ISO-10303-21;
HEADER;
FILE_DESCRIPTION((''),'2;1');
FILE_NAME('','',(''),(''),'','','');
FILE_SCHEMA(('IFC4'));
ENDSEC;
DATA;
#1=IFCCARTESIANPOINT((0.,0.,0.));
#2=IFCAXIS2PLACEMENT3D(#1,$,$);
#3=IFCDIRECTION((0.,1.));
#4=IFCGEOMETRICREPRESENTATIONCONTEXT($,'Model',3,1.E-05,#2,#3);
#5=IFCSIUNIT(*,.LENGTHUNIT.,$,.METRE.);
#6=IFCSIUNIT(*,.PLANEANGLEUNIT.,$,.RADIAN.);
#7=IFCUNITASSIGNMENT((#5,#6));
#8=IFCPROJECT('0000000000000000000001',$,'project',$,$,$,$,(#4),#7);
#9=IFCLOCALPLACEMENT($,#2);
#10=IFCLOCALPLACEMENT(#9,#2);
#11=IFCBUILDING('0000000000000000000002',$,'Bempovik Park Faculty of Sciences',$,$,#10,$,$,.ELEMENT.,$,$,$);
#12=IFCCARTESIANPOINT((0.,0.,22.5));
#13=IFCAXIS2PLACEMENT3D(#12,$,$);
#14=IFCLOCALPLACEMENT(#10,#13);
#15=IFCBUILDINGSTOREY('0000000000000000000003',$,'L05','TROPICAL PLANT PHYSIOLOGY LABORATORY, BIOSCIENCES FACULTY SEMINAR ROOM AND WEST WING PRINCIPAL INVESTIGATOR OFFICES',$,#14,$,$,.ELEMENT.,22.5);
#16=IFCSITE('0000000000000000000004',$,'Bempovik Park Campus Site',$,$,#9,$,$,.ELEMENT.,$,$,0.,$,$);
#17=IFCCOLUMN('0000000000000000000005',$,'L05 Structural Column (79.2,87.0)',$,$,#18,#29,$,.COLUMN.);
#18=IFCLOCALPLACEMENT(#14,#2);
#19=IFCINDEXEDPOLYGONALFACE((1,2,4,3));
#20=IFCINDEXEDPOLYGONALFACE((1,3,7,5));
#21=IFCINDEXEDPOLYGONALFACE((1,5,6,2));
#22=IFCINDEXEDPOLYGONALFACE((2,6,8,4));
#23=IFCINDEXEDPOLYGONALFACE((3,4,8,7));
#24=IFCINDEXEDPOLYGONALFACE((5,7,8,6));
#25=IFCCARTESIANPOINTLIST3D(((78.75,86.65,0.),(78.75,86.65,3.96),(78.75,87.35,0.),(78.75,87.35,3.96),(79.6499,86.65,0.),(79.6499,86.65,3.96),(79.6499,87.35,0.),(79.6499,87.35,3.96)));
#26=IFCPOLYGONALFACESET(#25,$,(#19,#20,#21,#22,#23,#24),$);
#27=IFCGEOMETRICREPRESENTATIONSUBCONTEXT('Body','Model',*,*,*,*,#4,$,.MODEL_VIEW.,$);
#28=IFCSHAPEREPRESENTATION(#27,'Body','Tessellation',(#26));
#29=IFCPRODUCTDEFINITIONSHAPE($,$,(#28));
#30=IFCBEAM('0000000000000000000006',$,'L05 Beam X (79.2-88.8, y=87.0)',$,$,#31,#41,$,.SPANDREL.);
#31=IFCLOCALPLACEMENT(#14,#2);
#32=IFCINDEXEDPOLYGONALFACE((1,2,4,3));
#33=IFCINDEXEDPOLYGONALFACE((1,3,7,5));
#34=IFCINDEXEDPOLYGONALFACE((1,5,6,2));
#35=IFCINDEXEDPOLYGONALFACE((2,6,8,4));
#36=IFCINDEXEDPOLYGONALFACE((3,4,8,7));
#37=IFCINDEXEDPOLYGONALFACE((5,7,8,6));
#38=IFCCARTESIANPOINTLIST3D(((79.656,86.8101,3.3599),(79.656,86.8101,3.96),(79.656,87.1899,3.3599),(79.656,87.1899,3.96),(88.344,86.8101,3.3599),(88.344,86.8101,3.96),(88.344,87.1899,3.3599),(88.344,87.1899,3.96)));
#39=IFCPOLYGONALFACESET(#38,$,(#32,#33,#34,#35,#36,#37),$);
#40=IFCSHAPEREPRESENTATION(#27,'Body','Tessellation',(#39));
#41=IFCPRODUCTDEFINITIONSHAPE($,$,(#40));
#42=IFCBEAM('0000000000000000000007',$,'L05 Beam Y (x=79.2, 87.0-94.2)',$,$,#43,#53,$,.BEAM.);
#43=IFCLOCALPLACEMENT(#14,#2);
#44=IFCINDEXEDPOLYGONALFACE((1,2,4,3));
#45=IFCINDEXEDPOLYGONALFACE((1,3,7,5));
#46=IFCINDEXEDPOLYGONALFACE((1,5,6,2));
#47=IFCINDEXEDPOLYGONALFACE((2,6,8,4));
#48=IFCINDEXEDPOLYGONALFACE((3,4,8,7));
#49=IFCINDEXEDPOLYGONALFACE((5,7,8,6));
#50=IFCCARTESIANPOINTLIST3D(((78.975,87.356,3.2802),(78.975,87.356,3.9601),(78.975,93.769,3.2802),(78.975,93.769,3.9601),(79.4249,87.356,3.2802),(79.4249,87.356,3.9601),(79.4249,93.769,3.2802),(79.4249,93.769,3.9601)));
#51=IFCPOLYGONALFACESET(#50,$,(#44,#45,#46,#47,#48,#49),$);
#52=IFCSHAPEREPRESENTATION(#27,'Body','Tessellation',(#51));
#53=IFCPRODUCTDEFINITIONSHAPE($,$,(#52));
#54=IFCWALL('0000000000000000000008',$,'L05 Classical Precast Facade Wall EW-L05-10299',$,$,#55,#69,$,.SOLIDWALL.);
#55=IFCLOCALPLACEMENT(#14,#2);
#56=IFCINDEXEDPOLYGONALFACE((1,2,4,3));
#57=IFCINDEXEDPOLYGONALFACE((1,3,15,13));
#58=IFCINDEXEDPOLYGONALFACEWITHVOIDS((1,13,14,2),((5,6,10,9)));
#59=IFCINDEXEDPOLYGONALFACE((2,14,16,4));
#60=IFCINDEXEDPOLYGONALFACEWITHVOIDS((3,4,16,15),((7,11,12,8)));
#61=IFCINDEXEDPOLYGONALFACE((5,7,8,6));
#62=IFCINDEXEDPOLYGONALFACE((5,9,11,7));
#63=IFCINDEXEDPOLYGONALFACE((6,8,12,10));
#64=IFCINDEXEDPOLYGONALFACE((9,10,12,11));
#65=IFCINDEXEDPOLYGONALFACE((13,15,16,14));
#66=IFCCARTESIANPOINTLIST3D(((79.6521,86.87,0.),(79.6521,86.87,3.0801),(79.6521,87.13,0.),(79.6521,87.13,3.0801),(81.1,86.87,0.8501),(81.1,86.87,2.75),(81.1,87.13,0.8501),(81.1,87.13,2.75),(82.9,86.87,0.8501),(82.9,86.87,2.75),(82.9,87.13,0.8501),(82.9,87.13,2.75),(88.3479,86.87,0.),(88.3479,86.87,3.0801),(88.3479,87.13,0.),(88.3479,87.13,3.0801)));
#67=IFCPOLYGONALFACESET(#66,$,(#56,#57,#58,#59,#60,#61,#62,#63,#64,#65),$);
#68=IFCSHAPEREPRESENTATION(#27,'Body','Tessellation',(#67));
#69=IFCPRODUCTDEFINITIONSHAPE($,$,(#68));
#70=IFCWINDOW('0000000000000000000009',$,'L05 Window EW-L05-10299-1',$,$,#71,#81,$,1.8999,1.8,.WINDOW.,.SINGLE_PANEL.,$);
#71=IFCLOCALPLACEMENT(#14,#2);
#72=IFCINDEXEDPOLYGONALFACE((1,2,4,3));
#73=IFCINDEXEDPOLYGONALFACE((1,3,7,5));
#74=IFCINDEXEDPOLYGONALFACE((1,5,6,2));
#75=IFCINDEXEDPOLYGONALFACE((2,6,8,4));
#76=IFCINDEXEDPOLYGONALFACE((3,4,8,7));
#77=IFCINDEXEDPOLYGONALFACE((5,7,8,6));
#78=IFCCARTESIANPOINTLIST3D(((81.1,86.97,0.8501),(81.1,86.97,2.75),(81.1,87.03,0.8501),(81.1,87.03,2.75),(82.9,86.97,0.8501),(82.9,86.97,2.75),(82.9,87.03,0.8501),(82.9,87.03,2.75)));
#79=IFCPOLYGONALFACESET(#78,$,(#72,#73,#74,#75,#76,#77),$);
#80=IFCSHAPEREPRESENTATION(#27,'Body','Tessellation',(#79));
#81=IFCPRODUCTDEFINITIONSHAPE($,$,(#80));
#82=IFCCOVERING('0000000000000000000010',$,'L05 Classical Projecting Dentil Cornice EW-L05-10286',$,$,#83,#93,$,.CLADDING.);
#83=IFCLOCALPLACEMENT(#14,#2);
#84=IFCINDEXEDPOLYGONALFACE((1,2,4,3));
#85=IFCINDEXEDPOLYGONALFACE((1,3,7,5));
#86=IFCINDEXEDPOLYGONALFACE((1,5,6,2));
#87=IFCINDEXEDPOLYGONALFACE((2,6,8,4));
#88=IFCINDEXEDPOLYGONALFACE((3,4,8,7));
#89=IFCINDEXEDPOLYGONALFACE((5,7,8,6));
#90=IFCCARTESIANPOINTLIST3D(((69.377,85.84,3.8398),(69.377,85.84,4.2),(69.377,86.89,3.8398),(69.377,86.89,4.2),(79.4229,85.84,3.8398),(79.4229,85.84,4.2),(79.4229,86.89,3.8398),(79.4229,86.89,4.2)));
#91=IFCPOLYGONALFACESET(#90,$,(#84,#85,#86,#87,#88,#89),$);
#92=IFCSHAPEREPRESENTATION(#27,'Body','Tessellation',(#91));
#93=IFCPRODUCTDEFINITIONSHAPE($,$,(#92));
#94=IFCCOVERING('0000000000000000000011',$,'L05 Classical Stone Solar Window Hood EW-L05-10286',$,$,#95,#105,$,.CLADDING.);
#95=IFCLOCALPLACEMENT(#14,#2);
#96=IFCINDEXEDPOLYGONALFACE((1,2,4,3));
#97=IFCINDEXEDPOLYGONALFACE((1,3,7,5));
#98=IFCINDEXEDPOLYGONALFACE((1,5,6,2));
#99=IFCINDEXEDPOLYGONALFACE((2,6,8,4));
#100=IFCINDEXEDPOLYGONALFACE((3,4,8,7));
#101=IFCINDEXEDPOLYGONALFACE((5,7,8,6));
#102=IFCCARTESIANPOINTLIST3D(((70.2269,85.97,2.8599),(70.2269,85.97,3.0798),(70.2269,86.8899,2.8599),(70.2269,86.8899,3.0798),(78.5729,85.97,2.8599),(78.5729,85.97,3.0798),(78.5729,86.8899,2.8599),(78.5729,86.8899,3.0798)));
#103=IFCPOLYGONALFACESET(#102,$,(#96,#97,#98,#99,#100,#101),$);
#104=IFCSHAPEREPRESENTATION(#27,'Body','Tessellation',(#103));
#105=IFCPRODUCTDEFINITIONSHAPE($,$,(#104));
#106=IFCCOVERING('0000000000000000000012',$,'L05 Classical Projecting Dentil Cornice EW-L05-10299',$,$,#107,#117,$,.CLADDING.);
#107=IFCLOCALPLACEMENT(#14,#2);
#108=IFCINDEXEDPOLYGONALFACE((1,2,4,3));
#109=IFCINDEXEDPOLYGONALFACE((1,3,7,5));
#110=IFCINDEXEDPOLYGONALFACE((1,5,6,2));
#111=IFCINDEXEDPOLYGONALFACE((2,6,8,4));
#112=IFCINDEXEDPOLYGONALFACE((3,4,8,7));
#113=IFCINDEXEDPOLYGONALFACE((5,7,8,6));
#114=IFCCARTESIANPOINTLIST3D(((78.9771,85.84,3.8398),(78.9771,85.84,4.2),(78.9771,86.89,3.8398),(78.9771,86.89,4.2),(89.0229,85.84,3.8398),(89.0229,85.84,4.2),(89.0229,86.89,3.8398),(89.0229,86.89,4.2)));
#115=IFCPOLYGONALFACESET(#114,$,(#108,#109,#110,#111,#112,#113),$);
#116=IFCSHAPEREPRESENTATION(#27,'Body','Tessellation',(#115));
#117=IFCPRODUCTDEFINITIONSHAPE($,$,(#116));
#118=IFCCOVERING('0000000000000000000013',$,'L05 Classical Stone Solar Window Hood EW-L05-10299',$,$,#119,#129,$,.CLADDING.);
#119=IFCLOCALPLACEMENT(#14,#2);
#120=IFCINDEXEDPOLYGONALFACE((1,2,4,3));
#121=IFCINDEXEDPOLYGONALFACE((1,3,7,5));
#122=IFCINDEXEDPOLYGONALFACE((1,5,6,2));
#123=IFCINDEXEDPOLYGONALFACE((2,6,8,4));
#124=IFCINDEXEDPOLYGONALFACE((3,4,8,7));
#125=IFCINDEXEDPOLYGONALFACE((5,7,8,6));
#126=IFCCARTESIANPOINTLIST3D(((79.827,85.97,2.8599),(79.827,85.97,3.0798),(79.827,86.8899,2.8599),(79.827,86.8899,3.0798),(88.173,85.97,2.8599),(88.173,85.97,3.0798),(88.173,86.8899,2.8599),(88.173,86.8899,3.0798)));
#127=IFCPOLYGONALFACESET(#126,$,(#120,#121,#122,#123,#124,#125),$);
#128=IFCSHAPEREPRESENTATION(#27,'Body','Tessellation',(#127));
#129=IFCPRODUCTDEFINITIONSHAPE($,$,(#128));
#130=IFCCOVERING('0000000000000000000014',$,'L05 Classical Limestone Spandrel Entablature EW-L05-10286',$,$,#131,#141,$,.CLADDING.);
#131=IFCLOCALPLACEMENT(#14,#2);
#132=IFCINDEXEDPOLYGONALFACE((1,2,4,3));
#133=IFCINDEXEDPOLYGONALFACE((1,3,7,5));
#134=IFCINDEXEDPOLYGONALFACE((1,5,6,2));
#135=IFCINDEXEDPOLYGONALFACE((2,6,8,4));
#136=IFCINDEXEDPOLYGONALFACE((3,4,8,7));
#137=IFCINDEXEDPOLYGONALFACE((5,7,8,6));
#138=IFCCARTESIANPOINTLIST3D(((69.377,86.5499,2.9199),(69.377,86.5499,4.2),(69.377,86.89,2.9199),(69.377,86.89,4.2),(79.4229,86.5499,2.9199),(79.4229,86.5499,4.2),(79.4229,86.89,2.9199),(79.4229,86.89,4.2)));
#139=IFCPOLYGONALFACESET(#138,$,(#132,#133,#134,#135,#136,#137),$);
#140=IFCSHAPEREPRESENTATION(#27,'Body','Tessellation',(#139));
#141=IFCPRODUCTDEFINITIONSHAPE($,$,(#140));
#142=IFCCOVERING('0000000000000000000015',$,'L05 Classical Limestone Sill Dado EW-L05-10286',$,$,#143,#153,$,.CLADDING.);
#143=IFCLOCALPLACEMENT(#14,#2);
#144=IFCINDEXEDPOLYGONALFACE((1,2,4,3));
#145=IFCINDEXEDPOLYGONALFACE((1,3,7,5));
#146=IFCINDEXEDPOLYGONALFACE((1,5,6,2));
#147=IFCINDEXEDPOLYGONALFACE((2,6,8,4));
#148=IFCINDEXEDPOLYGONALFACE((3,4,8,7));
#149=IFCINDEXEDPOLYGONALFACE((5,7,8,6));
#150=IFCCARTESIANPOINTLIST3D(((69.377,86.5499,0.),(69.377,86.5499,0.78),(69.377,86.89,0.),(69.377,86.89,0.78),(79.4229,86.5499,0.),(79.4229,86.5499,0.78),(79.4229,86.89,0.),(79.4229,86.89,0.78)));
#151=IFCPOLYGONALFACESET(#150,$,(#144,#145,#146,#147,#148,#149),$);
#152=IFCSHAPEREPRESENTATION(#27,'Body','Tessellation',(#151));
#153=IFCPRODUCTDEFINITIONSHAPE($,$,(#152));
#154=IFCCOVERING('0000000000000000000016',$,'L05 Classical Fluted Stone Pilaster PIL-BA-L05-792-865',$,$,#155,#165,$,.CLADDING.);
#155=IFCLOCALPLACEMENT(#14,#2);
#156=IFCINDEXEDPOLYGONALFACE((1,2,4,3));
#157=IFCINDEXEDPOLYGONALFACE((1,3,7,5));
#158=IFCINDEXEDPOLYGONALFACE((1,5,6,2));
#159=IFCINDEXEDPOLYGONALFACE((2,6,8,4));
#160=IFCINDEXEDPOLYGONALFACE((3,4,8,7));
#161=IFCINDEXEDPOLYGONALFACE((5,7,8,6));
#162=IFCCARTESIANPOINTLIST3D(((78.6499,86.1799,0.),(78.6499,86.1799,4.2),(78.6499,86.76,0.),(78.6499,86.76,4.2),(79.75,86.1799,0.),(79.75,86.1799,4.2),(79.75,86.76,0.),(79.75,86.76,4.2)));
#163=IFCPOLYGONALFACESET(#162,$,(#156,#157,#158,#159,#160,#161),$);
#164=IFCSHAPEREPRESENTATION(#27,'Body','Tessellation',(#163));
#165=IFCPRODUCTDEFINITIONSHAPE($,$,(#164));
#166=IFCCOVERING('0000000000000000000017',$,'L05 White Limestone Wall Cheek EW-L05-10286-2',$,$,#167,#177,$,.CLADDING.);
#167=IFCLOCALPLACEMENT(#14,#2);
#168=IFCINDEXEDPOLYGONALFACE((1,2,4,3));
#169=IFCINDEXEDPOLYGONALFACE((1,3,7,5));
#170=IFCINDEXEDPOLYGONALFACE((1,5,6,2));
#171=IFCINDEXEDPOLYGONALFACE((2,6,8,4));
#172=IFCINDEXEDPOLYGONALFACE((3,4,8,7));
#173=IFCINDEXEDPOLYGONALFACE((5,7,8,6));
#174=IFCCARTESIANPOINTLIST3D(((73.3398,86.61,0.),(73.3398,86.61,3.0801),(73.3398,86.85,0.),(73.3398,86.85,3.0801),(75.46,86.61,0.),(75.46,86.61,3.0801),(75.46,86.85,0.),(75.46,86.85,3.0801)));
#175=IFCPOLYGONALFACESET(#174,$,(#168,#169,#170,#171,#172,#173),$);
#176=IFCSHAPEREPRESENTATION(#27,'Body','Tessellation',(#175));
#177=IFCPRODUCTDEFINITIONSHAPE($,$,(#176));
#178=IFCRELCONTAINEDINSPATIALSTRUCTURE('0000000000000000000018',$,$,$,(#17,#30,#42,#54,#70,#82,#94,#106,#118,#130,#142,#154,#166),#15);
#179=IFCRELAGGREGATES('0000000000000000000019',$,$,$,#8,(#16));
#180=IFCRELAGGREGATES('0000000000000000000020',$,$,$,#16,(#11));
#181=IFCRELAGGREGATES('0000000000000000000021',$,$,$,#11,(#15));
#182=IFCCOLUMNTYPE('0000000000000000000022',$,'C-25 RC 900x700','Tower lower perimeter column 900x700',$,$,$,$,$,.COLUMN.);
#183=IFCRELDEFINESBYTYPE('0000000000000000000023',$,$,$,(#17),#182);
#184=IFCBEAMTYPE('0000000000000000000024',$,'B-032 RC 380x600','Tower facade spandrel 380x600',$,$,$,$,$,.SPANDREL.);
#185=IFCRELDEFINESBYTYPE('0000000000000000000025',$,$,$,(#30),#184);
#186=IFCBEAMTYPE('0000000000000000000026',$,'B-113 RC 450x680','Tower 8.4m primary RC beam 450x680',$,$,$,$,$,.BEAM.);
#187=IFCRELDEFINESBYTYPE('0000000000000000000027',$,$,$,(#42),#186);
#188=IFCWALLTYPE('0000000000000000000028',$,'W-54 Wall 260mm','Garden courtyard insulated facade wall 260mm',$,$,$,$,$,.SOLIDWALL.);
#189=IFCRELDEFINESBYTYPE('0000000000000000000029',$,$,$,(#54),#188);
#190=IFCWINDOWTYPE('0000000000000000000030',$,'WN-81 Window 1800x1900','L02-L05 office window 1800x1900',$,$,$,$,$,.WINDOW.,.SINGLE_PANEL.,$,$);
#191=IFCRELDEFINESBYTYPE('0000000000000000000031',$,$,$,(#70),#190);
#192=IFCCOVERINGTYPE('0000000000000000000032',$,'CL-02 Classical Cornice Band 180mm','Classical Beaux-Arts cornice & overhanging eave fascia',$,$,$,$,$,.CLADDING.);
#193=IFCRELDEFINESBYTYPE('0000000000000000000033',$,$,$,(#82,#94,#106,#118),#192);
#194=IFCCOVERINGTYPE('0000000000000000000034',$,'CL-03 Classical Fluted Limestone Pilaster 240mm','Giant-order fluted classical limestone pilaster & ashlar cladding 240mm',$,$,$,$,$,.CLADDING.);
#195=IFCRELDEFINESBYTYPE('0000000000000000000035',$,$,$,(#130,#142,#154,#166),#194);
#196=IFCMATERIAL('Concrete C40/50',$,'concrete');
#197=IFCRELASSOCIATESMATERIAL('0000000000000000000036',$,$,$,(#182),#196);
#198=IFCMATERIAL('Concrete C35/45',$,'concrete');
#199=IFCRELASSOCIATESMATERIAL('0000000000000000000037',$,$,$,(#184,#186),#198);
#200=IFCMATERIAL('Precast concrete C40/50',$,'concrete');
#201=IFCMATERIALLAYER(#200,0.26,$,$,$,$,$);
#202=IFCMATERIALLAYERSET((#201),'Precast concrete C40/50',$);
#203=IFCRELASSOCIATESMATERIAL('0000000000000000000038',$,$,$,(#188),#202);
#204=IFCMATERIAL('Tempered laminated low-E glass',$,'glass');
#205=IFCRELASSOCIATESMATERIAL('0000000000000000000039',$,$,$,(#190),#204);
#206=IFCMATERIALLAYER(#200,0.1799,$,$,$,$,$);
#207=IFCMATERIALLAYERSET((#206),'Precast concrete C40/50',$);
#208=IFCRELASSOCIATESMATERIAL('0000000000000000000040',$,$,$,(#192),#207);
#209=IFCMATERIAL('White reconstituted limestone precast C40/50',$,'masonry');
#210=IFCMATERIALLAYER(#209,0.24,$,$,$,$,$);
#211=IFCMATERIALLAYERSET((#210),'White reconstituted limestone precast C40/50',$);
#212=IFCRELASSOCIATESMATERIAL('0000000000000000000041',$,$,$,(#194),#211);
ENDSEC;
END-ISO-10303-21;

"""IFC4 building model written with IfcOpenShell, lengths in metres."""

from ifc_helpers import new_model, si_unit, direction, frame, frame_2d, origin, origin_2d, place, context, subcontext, project, spatial, rectangle, extrude, material, layer, layer_set, material_profile, profile_set, type_object, element, fill, save


model = new_model("IFC4")

# Units and contexts
model_context = context("Model", 3, precision=1e-05, world=origin(), true_north=direction((0.0, 1.0)))
body_context = subcontext(model_context, "Body", "Model", "MODEL_VIEW")
ifc_project = project(units=[si_unit("LENGTHUNIT", "METRE"), si_unit("PLANEANGLEUNIT", "RADIAN")], contexts=[model_context])

# Site, building, storey
site_placement = place(None, origin())
site = spatial("IfcSite", under=ifc_project, at=site_placement, Name="Bempovik Park Campus Site", CompositionType="ELEMENT", RefElevation=0.0)
building_placement = place(site_placement, origin())
building = spatial("IfcBuilding", under=site, at=building_placement, Name="Bempovik Park Faculty of Sciences", CompositionType="ELEMENT")
storey_placement = place(building_placement, frame((0.0, 0.0, 22.5)))
storey = spatial("IfcBuildingStorey", under=building, at=storey_placement, Name="L05", Description="TROPICAL PLANT PHYSIOLOGY LABORATORY, BIOSCIENCES FACULTY SEMINAR ROOM AND WEST WING PRINCIPAL INVESTIGATOR OFFICES", CompositionType="ELEMENT", Elevation=22.5)

# Column
ifc_material_1 = material(Name="Concrete C40/50", Category="concrete")
ifc_material_profile_1 = material_profile(ifc_material_1, rectangle(XDim=0.8999, YDim=0.7, at=origin_2d()), Name="RC 900x700")
ifc_profile_set_1 = profile_set([ifc_material_profile_1], Name="Concrete C40/50")
column_type = type_object("IfcColumnType", Name="C-25 RC 900x700", Description="Tower lower perimeter column 900x700", PredefinedType="COLUMN", material=ifc_profile_set_1)
column_placement = place(storey_placement, frame((79.2, 87.0, 0.0), z_axis=(0.0, 0.0, 1.0), x_axis=(1.0, 0.0, 0.0)))
element("IfcColumn", 1, at=column_placement, inside=storey, type_object=column_type, Name="L05 Structural Column (79.2,87.0)", PredefinedType="COLUMN", context=body_context, shape_type="SweptSolid", body=[
    extrude(rectangle(XDim=0.8999, YDim=0.7, at=origin_2d()), origin(), (0.0, 0.0, 1.0), 3.96),
])

# Beams
ifc_material_2 = material(Name="Concrete C35/45", Category="concrete")
ifc_material_profile_2 = material_profile(ifc_material_2, rectangle(XDim=0.3799, YDim=0.6001, at=origin_2d()), Name="RC 380x600")
ifc_profile_set_2 = profile_set([ifc_material_profile_2], Name="Concrete C35/45")
beam_type_1 = type_object("IfcBeamType", Name="B-032 RC 380x600", Description="Tower facade spandrel 380x600", PredefinedType="SPANDREL", material=ifc_profile_set_2)
beam_1_placement = place(storey_placement, frame((79.656, 87.0, 3.6599), z_axis=(1.0, 0.0, 0.0), x_axis=(0.0, 1.0, 0.0)))
element("IfcBeam", 2, at=beam_1_placement, inside=storey, type_object=beam_type_1, Name="L05 Beam X (79.2-88.8, y=87.0)", PredefinedType="SPANDREL", context=body_context, shape_type="SweptSolid", body=[
    extrude(rectangle(XDim=0.3799, YDim=0.6001, at=origin_2d()), origin(), (0.0, 0.0, 1.0), 8.688),
])
ifc_material_profile_3 = material_profile(ifc_material_2, rectangle(XDim=0.45, YDim=0.6799, at=origin_2d()), Name="RC 450x680")
ifc_profile_set_3 = profile_set([ifc_material_profile_3], Name="Concrete C35/45")
beam_type_2 = type_object("IfcBeamType", Name="B-113 RC 450x680", Description="Tower 8.4m primary RC beam 450x680", PredefinedType="BEAM", material=ifc_profile_set_3)
beam_2_placement = place(storey_placement, frame((79.2, 87.356, 3.6201), z_axis=(0.0, 1.0, 0.0), x_axis=(-1.0, 0.0, 0.0)))
element("IfcBeam", 3, at=beam_2_placement, inside=storey, type_object=beam_type_2, Name="L05 Beam Y (x=79.2, 87.0-94.2)", PredefinedType="BEAM", context=body_context, shape_type="SweptSolid", body=[
    extrude(rectangle(XDim=0.45, YDim=0.6799, at=origin_2d()), origin(), (0.0, 0.0, 1.0), 6.4131),
])

# Wall, opening, window
ifc_material_3 = material(Name="Precast concrete C40/50", Category="concrete")
ifc_layer_1 = layer(ifc_material_3, 0.26)
ifc_layer_set_1 = layer_set([ifc_layer_1], Name="Precast concrete C40/50")
wall_type = type_object("IfcWallType", Name="W-54 Wall 260mm", Description="Garden courtyard insulated facade wall 260mm", PredefinedType="SOLIDWALL", material=ifc_layer_set_1)
wall_placement = place(storey_placement, frame((79.6521, 87.0, 0.0), z_axis=(0.0, 0.0, 1.0), x_axis=(1.0, 0.0, 0.0)))
wall = element("IfcWall", 4, at=wall_placement, inside=storey, type_object=wall_type, Name="L05 Classical Precast Facade Wall EW-L05-10299", PredefinedType="SOLIDWALL", context=body_context, shape_type="SweptSolid", body=[
    extrude(rectangle(XDim=8.6958, YDim=0.26, at=frame_2d((4.3479, 0.0))), origin(), (0.0, 0.0, 1.0), 3.0801),
])
opening_placement = place(wall_placement, frame((1.448, 0.0, 0.8501)))
opening = element("IfcOpeningElement", 5, at=opening_placement, cuts=wall, PredefinedType="OPENING", context=body_context, shape_type="SweptSolid", body=[
    extrude(rectangle(XDim=1.8, YDim=1.8999, at=frame_2d((0.8999, 0.95))), frame((0.0, 0.1401, 0.0), z_axis=(0.0, -1.0, 0.0), x_axis=(1.0, 0.0, 0.0)), (0.0, 0.0, 1.0), 0.28),
])
ifc_material_4 = material(Name="Tempered laminated low-E glass", Category="glass")
window_type = type_object("IfcWindowType", Name="WN-81 Window 1800x1900", Description="L02-L05 office window 1800x1900", PartitioningType="SINGLE_PANEL", PredefinedType="WINDOW", material=ifc_material_4)
window_placement = place(opening_placement, origin())
window = element("IfcWindow", 6, at=window_placement, inside=storey, type_object=window_type, Name="L05 Window EW-L05-10299-1", OverallHeight=1.8999, OverallWidth=1.8, PartitioningType="SINGLE_PANEL", PredefinedType="WINDOW", context=body_context, shape_type="SweptSolid", body=[
    extrude(rectangle(XDim=1.8, YDim=1.8999, at=frame_2d((0.8999, 0.95))), frame((0.0, 0.03, 0.0), z_axis=(0.0, -1.0, 0.0), x_axis=(1.0, 0.0, 0.0)), (0.0, 0.0, 1.0), 0.0601),
])
fill(opening, window)

# Coverings
ifc_layer_2 = layer(ifc_material_3, 0.1799)
ifc_layer_set_2 = layer_set([ifc_layer_2], Name="Precast concrete C40/50")
covering_type_1 = type_object("IfcCoveringType", Name="CL-02 Classical Cornice Band 180mm", Description="Classical Beaux-Arts cornice & overhanging eave fascia", PredefinedType="CLADDING", material=ifc_layer_set_2)
covering_1_placement = place(storey_placement, frame((74.3999, 86.365, 3.8398), z_axis=(0.0, 0.0, 1.0), x_axis=(1.0, 0.0, 0.0)))
element("IfcCovering", 7, at=covering_1_placement, inside=storey, type_object=covering_type_1, Name="L05 Classical Projecting Dentil Cornice EW-L05-10286", PredefinedType="CLADDING", context=body_context, shape_type="SweptSolid", body=[
    extrude(rectangle(XDim=10.0459, YDim=1.05, at=origin_2d()), origin(), (0.0, 0.0, 1.0), 0.3601),
])
covering_2_placement = place(storey_placement, frame((74.3999, 86.4299, 2.8599), z_axis=(0.0, 0.0, 1.0), x_axis=(1.0, 0.0, 0.0)))
element("IfcCovering", 8, at=covering_2_placement, inside=storey, type_object=covering_type_1, Name="L05 Classical Stone Solar Window Hood EW-L05-10286", PredefinedType="CLADDING", context=body_context, shape_type="SweptSolid", body=[
    extrude(rectangle(XDim=8.3459, YDim=0.9199, at=origin_2d()), origin(), (0.0, 0.0, 1.0), 0.22),
])
covering_3_placement = place(storey_placement, frame((84.0, 86.365, 3.8398), z_axis=(0.0, 0.0, 1.0), x_axis=(1.0, 0.0, 0.0)))
element("IfcCovering", 9, at=covering_3_placement, inside=storey, type_object=covering_type_1, Name="L05 Classical Projecting Dentil Cornice EW-L05-10299", PredefinedType="CLADDING", context=body_context, shape_type="SweptSolid", body=[
    extrude(rectangle(XDim=10.0459, YDim=1.05, at=origin_2d()), origin(), (0.0, 0.0, 1.0), 0.3601),
])
covering_4_placement = place(storey_placement, frame((84.0, 86.4299, 2.8599), z_axis=(0.0, 0.0, 1.0), x_axis=(1.0, 0.0, 0.0)))
element("IfcCovering", 10, at=covering_4_placement, inside=storey, type_object=covering_type_1, Name="L05 Classical Stone Solar Window Hood EW-L05-10299", PredefinedType="CLADDING", context=body_context, shape_type="SweptSolid", body=[
    extrude(rectangle(XDim=8.3459, YDim=0.9199, at=origin_2d()), origin(), (0.0, 0.0, 1.0), 0.22),
])
ifc_material_5 = material(Name="White reconstituted limestone precast C40/50", Category="masonry")
ifc_layer_3 = layer(ifc_material_5, 0.24)
ifc_layer_set_3 = layer_set([ifc_layer_3], Name="White reconstituted limestone precast C40/50")
covering_type_2 = type_object("IfcCoveringType", Name="CL-03 Classical Fluted Limestone Pilaster 240mm", Description="Giant-order fluted classical limestone pilaster & ashlar cladding 240mm", PredefinedType="CLADDING", material=ifc_layer_set_3)
covering_5_placement = place(storey_placement, frame((74.3999, 86.72, 2.9199), z_axis=(0.0, 0.0, 1.0), x_axis=(1.0, 0.0, 0.0)))
element("IfcCovering", 11, at=covering_5_placement, inside=storey, type_object=covering_type_2, Name="L05 Classical Limestone Spandrel Entablature EW-L05-10286", PredefinedType="CLADDING", context=body_context, shape_type="SweptSolid", body=[
    extrude(rectangle(XDim=10.0459, YDim=0.3401, at=origin_2d()), origin(), (0.0, 0.0, 1.0), 1.28),
])
covering_6_placement = place(storey_placement, frame((74.3999, 86.72, 0.0), z_axis=(0.0, 0.0, 1.0), x_axis=(1.0, 0.0, 0.0)))
element("IfcCovering", 12, at=covering_6_placement, inside=storey, type_object=covering_type_2, Name="L05 Classical Limestone Sill Dado EW-L05-10286", PredefinedType="CLADDING", context=body_context, shape_type="SweptSolid", body=[
    extrude(rectangle(XDim=10.0459, YDim=0.3401, at=origin_2d()), origin(), (0.0, 0.0, 1.0), 0.78),
])
covering_7_placement = place(storey_placement, frame((79.2, 86.47, 0.0), z_axis=(0.0, 0.0, 1.0), x_axis=(1.0, 0.0, 0.0)))
element("IfcCovering", 13, at=covering_7_placement, inside=storey, type_object=covering_type_2, Name="L05 Classical Fluted Stone Pilaster PIL-BA-L05-792-865", PredefinedType="CLADDING", context=body_context, shape_type="SweptSolid", body=[
    extrude(rectangle(XDim=1.1001, YDim=0.5801, at=origin_2d()), origin(), (0.0, 0.0, 1.0), 4.2),
])
covering_8_placement = place(storey_placement, frame((74.3999, 86.73, 0.0), z_axis=(0.0, 0.0, 1.0), x_axis=(1.0, 0.0, 0.0)))
element("IfcCovering", 14, at=covering_8_placement, inside=storey, type_object=covering_type_2, Name="L05 White Limestone Wall Cheek EW-L05-10286-2", PredefinedType="CLADDING", context=body_context, shape_type="SweptSolid", body=[
    extrude(rectangle(XDim=2.1201, YDim=0.24, at=origin_2d()), origin(), (0.0, 0.0, 1.0), 3.0801),
])

save(model, "model.ifc")
